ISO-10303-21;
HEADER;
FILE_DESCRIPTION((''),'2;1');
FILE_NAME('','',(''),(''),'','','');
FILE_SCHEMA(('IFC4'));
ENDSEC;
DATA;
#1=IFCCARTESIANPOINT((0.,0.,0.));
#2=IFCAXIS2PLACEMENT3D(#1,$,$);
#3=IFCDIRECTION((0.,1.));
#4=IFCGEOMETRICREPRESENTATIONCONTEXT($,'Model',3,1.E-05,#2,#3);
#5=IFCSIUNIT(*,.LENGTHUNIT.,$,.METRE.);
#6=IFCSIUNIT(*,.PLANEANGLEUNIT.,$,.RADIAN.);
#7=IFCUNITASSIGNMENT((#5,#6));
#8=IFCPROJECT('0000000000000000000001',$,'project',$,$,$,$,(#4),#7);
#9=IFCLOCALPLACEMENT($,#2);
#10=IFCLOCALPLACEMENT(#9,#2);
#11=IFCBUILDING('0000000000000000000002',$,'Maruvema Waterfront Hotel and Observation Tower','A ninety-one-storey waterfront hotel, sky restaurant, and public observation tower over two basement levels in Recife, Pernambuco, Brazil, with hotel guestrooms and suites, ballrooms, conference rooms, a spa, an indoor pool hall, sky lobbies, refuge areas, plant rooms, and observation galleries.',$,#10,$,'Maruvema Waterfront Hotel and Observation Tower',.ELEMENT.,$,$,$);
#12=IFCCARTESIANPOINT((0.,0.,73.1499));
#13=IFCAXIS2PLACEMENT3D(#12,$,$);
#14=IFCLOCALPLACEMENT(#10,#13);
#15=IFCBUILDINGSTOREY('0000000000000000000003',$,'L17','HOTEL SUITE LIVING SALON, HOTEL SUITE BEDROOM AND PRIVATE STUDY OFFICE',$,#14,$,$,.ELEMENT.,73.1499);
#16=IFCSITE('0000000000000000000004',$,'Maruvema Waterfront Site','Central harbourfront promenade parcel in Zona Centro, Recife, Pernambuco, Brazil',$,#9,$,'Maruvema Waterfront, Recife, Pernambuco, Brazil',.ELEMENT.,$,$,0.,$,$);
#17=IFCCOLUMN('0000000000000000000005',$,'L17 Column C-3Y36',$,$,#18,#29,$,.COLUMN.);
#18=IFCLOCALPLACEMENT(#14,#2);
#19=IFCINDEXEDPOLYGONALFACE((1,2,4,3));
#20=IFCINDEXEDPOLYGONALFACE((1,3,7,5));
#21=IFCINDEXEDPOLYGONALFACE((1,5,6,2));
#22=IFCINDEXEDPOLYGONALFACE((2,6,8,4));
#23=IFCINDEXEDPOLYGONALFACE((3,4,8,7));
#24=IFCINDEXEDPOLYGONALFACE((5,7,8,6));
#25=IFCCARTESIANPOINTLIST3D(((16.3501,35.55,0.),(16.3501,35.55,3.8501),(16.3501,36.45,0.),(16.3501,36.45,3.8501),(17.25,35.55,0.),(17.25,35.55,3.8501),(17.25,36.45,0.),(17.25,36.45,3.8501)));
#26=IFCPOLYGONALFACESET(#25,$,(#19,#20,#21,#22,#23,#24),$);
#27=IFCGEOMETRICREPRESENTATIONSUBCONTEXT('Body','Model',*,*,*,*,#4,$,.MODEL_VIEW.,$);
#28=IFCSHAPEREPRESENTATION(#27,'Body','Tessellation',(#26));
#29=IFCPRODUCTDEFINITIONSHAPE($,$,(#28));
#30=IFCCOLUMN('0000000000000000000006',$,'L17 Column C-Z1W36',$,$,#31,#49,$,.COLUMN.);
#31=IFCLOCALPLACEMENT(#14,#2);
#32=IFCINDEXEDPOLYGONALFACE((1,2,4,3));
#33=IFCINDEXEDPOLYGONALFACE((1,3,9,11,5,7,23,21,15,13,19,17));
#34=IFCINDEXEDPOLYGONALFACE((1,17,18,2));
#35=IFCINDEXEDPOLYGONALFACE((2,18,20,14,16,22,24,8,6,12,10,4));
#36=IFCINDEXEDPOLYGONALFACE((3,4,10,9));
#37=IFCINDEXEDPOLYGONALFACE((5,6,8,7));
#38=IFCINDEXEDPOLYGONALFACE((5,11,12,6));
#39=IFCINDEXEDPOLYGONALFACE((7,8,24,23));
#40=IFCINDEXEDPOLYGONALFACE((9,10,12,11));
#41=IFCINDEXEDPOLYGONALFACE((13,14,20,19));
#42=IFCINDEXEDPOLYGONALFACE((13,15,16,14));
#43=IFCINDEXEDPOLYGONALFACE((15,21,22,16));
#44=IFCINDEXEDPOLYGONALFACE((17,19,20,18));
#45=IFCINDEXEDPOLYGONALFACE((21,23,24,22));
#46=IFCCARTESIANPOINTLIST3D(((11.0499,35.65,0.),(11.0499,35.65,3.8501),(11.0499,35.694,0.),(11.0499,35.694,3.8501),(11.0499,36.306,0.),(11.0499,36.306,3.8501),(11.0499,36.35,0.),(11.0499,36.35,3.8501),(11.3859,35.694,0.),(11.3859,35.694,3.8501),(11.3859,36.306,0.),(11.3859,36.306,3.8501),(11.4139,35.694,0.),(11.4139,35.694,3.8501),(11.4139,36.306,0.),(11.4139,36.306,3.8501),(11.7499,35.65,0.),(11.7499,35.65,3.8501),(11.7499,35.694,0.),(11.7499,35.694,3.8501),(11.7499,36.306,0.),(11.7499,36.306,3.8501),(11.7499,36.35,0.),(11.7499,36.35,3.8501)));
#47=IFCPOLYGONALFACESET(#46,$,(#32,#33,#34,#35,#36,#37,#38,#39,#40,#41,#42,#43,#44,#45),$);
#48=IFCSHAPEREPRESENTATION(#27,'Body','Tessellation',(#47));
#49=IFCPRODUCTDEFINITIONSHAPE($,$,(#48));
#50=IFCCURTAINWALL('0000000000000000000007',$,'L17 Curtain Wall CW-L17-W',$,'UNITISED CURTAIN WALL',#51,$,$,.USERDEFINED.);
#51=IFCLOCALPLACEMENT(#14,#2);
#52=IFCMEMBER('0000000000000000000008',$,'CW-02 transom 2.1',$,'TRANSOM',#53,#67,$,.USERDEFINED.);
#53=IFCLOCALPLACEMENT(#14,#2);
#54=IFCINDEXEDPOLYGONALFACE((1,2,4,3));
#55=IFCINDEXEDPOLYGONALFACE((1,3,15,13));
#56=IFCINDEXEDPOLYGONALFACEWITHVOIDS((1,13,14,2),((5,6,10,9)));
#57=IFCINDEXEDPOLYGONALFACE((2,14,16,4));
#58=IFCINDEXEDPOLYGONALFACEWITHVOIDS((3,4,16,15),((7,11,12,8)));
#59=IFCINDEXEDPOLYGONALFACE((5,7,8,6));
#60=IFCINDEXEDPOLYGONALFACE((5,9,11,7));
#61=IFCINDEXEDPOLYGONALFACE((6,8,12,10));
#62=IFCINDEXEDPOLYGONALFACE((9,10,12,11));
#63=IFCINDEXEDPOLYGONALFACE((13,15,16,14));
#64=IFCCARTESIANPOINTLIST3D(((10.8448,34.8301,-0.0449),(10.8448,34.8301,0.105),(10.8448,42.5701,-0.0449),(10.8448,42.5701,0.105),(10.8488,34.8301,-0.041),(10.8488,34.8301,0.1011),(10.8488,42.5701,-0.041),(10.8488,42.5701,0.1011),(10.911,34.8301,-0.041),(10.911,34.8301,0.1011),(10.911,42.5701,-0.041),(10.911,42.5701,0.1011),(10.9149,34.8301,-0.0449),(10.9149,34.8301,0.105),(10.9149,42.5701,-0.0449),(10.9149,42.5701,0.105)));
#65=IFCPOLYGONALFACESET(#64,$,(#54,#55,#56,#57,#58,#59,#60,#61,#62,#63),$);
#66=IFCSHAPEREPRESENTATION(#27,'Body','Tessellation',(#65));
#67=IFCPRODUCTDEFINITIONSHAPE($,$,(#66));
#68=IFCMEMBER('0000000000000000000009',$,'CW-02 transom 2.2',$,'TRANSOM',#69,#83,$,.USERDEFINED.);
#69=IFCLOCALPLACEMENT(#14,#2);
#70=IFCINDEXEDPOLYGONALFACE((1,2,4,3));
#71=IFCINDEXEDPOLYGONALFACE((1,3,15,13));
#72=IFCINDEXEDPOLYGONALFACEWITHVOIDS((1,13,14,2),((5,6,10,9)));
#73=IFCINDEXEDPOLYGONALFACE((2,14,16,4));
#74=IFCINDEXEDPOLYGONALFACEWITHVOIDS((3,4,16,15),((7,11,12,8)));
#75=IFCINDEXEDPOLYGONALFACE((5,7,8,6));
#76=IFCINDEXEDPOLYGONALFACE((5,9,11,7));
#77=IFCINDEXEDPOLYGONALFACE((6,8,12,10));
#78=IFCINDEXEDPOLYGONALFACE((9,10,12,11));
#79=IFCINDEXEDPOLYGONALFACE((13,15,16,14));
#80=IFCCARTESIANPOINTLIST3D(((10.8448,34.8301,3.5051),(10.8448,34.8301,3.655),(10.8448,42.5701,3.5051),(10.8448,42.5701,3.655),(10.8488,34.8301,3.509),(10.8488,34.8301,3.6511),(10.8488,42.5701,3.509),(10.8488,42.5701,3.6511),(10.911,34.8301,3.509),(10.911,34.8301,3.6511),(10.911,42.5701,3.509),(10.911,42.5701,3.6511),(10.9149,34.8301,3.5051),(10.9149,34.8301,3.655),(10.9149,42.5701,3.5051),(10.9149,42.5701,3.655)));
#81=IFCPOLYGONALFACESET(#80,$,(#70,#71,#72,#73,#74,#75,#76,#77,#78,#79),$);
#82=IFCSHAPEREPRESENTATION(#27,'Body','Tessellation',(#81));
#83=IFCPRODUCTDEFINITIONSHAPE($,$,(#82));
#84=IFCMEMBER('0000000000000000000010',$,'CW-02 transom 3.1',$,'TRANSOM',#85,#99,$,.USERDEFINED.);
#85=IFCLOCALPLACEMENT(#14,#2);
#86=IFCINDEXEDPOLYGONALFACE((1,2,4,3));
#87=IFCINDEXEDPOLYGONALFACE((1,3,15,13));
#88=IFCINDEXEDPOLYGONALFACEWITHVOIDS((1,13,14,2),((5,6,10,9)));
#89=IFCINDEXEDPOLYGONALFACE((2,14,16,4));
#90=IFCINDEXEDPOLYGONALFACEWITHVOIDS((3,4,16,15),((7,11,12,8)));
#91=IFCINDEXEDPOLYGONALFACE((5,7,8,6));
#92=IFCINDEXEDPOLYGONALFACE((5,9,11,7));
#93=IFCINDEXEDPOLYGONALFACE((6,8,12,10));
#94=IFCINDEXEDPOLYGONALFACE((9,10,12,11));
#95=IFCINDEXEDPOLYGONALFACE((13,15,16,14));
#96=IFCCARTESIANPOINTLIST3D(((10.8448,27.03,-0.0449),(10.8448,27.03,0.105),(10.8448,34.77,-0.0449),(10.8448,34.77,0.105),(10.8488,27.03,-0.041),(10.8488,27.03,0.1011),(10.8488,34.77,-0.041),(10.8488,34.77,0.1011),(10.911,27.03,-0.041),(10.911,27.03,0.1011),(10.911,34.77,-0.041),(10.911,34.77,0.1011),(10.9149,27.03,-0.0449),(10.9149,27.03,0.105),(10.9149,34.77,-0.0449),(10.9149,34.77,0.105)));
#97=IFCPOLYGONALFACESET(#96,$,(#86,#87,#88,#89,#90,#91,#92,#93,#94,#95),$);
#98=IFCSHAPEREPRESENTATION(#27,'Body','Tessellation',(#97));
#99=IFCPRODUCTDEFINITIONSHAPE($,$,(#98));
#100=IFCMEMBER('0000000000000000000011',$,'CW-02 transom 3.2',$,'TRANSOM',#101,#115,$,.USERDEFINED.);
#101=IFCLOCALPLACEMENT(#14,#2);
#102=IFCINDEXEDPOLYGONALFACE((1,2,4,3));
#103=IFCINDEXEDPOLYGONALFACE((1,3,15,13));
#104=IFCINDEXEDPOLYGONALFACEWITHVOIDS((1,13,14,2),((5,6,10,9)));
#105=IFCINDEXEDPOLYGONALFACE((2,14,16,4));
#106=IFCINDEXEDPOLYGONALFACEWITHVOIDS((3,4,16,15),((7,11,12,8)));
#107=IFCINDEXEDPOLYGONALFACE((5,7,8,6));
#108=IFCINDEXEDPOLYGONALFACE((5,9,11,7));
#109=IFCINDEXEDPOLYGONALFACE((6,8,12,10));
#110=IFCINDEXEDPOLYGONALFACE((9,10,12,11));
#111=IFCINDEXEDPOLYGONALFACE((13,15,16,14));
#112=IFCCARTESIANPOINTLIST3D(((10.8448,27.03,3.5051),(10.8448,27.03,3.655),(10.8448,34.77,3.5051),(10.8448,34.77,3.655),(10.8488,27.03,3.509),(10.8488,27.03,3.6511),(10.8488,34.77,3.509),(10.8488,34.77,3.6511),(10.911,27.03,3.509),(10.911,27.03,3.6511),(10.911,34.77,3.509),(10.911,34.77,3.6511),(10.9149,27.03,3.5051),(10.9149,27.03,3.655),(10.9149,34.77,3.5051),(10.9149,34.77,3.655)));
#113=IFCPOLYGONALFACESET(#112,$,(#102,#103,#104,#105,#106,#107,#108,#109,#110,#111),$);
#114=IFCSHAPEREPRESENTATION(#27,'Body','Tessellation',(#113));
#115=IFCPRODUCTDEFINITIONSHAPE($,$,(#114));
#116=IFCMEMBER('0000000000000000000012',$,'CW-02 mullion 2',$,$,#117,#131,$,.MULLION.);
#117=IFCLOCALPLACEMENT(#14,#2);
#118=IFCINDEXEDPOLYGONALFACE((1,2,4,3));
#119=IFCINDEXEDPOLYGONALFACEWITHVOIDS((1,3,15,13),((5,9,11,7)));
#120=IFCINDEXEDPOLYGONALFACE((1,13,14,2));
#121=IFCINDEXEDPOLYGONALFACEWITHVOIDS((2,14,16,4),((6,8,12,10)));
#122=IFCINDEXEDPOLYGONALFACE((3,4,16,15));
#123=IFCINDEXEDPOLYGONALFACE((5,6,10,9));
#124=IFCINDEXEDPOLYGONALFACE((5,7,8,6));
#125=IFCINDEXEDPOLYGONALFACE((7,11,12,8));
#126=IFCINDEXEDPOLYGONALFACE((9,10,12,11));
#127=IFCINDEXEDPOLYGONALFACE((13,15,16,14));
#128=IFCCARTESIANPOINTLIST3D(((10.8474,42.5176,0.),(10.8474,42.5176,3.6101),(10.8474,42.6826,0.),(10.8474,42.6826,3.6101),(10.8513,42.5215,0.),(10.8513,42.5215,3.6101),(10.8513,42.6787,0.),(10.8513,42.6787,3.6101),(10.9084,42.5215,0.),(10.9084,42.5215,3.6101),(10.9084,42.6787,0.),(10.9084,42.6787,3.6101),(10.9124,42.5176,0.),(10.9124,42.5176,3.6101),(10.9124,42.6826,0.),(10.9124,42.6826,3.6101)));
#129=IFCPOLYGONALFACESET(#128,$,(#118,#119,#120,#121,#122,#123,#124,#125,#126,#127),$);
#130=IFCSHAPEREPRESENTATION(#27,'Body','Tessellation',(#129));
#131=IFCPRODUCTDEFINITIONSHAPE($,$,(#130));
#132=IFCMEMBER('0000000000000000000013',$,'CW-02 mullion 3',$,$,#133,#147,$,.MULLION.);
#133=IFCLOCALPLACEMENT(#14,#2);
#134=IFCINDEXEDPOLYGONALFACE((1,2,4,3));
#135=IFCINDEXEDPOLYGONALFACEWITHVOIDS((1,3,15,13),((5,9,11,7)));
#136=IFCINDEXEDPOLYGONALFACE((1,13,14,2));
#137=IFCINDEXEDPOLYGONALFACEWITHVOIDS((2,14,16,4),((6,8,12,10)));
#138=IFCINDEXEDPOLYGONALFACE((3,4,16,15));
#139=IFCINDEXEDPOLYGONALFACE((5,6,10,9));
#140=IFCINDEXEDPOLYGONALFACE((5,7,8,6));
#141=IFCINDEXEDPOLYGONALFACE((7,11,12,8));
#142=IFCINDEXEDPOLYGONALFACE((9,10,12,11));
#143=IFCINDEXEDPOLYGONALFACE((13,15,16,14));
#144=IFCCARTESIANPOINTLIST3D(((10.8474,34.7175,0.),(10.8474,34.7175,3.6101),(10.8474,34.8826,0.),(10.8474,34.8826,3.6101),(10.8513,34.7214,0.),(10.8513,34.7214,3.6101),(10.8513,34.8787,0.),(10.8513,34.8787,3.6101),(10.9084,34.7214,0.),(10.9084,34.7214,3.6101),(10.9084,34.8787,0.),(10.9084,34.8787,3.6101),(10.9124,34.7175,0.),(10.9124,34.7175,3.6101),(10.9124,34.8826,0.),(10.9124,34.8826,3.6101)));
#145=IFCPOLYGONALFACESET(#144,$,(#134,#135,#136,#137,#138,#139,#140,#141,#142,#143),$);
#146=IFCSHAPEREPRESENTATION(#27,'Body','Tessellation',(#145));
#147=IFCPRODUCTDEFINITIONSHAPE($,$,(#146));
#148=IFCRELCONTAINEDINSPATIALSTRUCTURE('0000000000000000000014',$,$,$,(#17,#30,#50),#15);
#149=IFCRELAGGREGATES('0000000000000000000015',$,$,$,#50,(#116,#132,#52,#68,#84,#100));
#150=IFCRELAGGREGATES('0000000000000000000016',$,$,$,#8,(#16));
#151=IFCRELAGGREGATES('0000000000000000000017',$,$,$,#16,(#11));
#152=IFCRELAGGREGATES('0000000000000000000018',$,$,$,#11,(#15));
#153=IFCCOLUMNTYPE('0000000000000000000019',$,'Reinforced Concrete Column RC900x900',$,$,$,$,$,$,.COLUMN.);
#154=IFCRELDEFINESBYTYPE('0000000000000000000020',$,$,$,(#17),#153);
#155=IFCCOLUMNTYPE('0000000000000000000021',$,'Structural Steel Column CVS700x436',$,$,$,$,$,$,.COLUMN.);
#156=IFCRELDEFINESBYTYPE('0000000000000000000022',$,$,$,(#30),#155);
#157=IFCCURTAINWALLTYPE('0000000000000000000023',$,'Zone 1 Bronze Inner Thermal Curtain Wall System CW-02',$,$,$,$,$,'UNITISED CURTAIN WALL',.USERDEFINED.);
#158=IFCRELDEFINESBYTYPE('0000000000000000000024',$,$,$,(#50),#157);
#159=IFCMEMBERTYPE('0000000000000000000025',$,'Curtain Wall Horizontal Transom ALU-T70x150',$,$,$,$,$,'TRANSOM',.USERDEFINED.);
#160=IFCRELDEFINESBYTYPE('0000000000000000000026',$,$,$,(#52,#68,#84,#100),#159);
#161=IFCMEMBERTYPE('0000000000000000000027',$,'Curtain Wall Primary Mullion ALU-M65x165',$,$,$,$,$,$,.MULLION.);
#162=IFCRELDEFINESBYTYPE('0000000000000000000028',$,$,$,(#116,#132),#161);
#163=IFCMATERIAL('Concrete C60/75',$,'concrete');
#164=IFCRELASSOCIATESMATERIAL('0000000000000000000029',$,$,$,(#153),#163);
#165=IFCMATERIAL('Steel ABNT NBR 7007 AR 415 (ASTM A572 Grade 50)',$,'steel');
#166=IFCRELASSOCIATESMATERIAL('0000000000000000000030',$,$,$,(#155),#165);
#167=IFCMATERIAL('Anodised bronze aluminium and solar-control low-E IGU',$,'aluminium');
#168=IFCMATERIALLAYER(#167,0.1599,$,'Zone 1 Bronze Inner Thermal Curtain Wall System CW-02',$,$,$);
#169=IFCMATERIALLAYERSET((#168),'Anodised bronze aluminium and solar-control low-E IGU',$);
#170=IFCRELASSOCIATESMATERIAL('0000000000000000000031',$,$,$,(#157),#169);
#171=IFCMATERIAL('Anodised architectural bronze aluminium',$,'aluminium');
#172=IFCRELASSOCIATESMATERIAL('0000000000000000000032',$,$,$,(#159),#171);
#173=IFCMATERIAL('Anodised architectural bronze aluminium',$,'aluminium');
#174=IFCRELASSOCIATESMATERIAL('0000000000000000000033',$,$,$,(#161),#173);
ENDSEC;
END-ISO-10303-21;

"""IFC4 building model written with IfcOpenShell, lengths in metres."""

from ifc_helpers import new_model, si_unit, direction, frame, origin, origin_2d, place, context, subcontext, project, spatial, rectangle, hollow_rectangle, i_section, extrude, material, layer, layer_set, material_profile, profile_set, type_object, element, aggregate, save


model = new_model("IFC4")

# Units and contexts
model_context = context("Model", 3, precision=1e-05, world=origin(), true_north=direction((0.0, 1.0)))
body_context = subcontext(model_context, "Body", "Model", "MODEL_VIEW")
ifc_project = project(units=[si_unit("LENGTHUNIT", "METRE"), si_unit("PLANEANGLEUNIT", "RADIAN")], contexts=[model_context])

# Site, building, storey
site_placement = place(None, origin())
site = spatial("IfcSite", under=ifc_project, at=site_placement, Name="Maruvema Waterfront Site", Description="Central harbourfront promenade parcel in Zona Centro, Recife, Pernambuco, Brazil", LongName="Maruvema Waterfront, Recife, Pernambuco, Brazil", CompositionType="ELEMENT", RefElevation=0.0)
building_placement = place(site_placement, origin())
building = spatial("IfcBuilding", under=site, at=building_placement, Name="Maruvema Waterfront Hotel and Observation Tower", Description="A ninety-one-storey waterfront hotel, sky restaurant, and public observation tower over two basement levels in Recife, Pernambuco, Brazil, with hotel guestrooms and suites, ballrooms, conference rooms, a spa, an indoor pool hall, sky lobbies, refuge areas, plant rooms, and observation galleries.", LongName="Maruvema Waterfront Hotel and Observation Tower", CompositionType="ELEMENT")
storey_placement = place(building_placement, frame((0.0, 0.0, 73.1499)))
storey = spatial("IfcBuildingStorey", under=building, at=storey_placement, Name="L17", Description="HOTEL SUITE LIVING SALON, HOTEL SUITE BEDROOM AND PRIVATE STUDY OFFICE", CompositionType="ELEMENT", Elevation=73.1499)

# Columns
ifc_material_1 = material(Name="Concrete C60/75", Category="concrete")
ifc_material_profile_1 = material_profile(ifc_material_1, rectangle(XDim=0.8999, YDim=0.8999, at=origin_2d()), Name="RC900x900")
ifc_profile_set_1 = profile_set([ifc_material_profile_1], Name="Concrete C60/75")
column_type_1 = type_object("IfcColumnType", Name="Reinforced Concrete Column RC900x900", PredefinedType="COLUMN", material=ifc_profile_set_1)
column_1_placement = place(storey_placement, frame((16.8, 36.0, 0.0), z_axis=(0.0, 0.0, 1.0), x_axis=(1.0, 0.0, 0.0)))
element("IfcColumn", 1, at=column_1_placement, inside=storey, type_object=column_type_1, Name="L17 Column C-3Y36", PredefinedType="COLUMN", context=body_context, shape_type="SweptSolid", body=[
    extrude(rectangle(XDim=0.8999, YDim=0.8999, at=origin_2d()), origin(), (0.0, 0.0, 1.0), 3.8501),
])
ifc_material_2 = material(Name="Steel ABNT NBR 7007 AR 415 (ASTM A572 Grade 50)", Category="steel")
ifc_material_profile_2 = material_profile(ifc_material_2, i_section(OverallWidth=0.7, OverallDepth=0.7, WebThickness=0.0281, FlangeThickness=0.0439, at=origin_2d()), Name="CVS700x436")
ifc_profile_set_2 = profile_set([ifc_material_profile_2], Name="Steel ABNT NBR 7007 AR 415 (ASTM A572 Grade 50)")
column_type_2 = type_object("IfcColumnType", Name="Structural Steel Column CVS700x436", PredefinedType="COLUMN", material=ifc_profile_set_2)
column_2_placement = place(storey_placement, frame((11.3999, 36.0, 0.0), z_axis=(0.0, 0.0, 1.0), x_axis=(1.0, 0.0, 0.0)))
element("IfcColumn", 2, at=column_2_placement, inside=storey, type_object=column_type_2, Name="L17 Column C-Z1W36", PredefinedType="COLUMN", context=body_context, shape_type="SweptSolid", body=[
    extrude(i_section(OverallWidth=0.7, OverallDepth=0.7, WebThickness=0.0281, FlangeThickness=0.0439, at=origin_2d()), origin(), (0.0, 0.0, 1.0), 3.8501),
])

# Curtain wall, members
ifc_material_3 = material(Name="Anodised bronze aluminium and solar-control low-E IGU", Category="aluminium")
ifc_layer_1 = layer(ifc_material_3, 0.1599, Name="Zone 1 Bronze Inner Thermal Curtain Wall System CW-02")
ifc_layer_set_1 = layer_set([ifc_layer_1], Name="Anodised bronze aluminium and solar-control low-E IGU")
curtain_wall_type = type_object("IfcCurtainWallType", Name="Zone 1 Bronze Inner Thermal Curtain Wall System CW-02", ElementType="UNITISED CURTAIN WALL", PredefinedType="USERDEFINED", material=ifc_layer_set_1)
curtain_wall_placement = place(storey_placement, origin())
curtain_wall = element("IfcCurtainWall", 3, at=curtain_wall_placement, inside=storey, type_object=curtain_wall_type, Name="L17 Curtain Wall CW-L17-W", ObjectType="UNITISED CURTAIN WALL", PredefinedType="USERDEFINED")
ifc_material_4 = material(Name="Anodised architectural bronze aluminium", Category="aluminium")
ifc_material_profile_3 = material_profile(ifc_material_4, hollow_rectangle(XDim=0.0701, YDim=0.1499, WallThickness=0.0039, at=origin_2d()), Name="ALU-T70x150")
ifc_profile_set_3 = profile_set([ifc_material_profile_3], Name="Anodised architectural bronze aluminium")
member_type_1 = type_object("IfcMemberType", Name="Curtain Wall Horizontal Transom ALU-T70x150", ElementType="TRANSOM", PredefinedType="USERDEFINED", material=ifc_profile_set_3)
member_1_placement = place(storey_placement, frame((10.8799, 42.5701, 0.03), z_axis=(0.0, -1.0, 0.0), x_axis=(1.0, 0.0, 0.0)))
member_1 = element("IfcMember", 4, at=member_1_placement, type_object=member_type_1, Name="CW-02 transom 2.1", ObjectType="TRANSOM", PredefinedType="USERDEFINED", context=body_context, shape_type="SweptSolid", body=[
    extrude(hollow_rectangle(XDim=0.0701, YDim=0.1499, WallThickness=0.0039, at=origin_2d()), origin(), (0.0, 0.0, 1.0), 7.74),
])
member_2_placement = place(storey_placement, frame((10.8799, 42.5701, 3.5801), z_axis=(0.0, -1.0, 0.0), x_axis=(1.0, 0.0, 0.0)))
member_2 = element("IfcMember", 5, at=member_2_placement, type_object=member_type_1, Name="CW-02 transom 2.2", ObjectType="TRANSOM", PredefinedType="USERDEFINED", context=body_context, shape_type="SweptSolid", body=[
    extrude(hollow_rectangle(XDim=0.0701, YDim=0.1499, WallThickness=0.0039, at=origin_2d()), origin(), (0.0, 0.0, 1.0), 7.74),
])
member_3_placement = place(storey_placement, frame((10.8799, 34.77, 0.03), z_axis=(0.0, -1.0, 0.0), x_axis=(1.0, 0.0, 0.0)))
member_3 = element("IfcMember", 6, at=member_3_placement, type_object=member_type_1, Name="CW-02 transom 3.1", ObjectType="TRANSOM", PredefinedType="USERDEFINED", context=body_context, shape_type="SweptSolid", body=[
    extrude(hollow_rectangle(XDim=0.0701, YDim=0.1499, WallThickness=0.0039, at=origin_2d()), origin(), (0.0, 0.0, 1.0), 7.74),
])
member_4_placement = place(storey_placement, frame((10.8799, 34.77, 3.5801), z_axis=(0.0, -1.0, 0.0), x_axis=(1.0, 0.0, 0.0)))
member_4 = element("IfcMember", 7, at=member_4_placement, type_object=member_type_1, Name="CW-02 transom 3.2", ObjectType="TRANSOM", PredefinedType="USERDEFINED", context=body_context, shape_type="SweptSolid", body=[
    extrude(hollow_rectangle(XDim=0.0701, YDim=0.1499, WallThickness=0.0039, at=origin_2d()), origin(), (0.0, 0.0, 1.0), 7.74),
])
ifc_material_5 = material(Name="Anodised architectural bronze aluminium", Category="aluminium")
ifc_material_profile_4 = material_profile(ifc_material_5, hollow_rectangle(XDim=0.0649, YDim=0.165, WallThickness=0.0039, at=origin_2d()), Name="ALU-M65x165")
ifc_profile_set_4 = profile_set([ifc_material_profile_4], Name="Anodised architectural bronze aluminium")
member_type_2 = type_object("IfcMemberType", Name="Curtain Wall Primary Mullion ALU-M65x165", PredefinedType="MULLION", material=ifc_profile_set_4)
member_5_placement = place(storey_placement, frame((10.8799, 42.6001, 0.0), z_axis=(0.0, 0.0, 1.0), x_axis=(1.0, 0.0, 0.0)))
member_5 = element("IfcMember", 8, at=member_5_placement, type_object=member_type_2, Name="CW-02 mullion 2", PredefinedType="MULLION", context=body_context, shape_type="SweptSolid", body=[
    extrude(hollow_rectangle(XDim=0.0649, YDim=0.165, WallThickness=0.0039, at=origin_2d()), origin(), (0.0, 0.0, 1.0), 3.6101),
])
member_6_placement = place(storey_placement, frame((10.8799, 34.8, 0.0), z_axis=(0.0, 0.0, 1.0), x_axis=(1.0, 0.0, 0.0)))
member_6 = element("IfcMember", 9, at=member_6_placement, type_object=member_type_2, Name="CW-02 mullion 3", PredefinedType="MULLION", context=body_context, shape_type="SweptSolid", body=[
    extrude(hollow_rectangle(XDim=0.0649, YDim=0.165, WallThickness=0.0039, at=origin_2d()), origin(), (0.0, 0.0, 1.0), 3.6101),
])

aggregate(curtain_wall, [member_5, member_6, member_1, member_2, member_3, member_4])

save(model, "model.ifc")
